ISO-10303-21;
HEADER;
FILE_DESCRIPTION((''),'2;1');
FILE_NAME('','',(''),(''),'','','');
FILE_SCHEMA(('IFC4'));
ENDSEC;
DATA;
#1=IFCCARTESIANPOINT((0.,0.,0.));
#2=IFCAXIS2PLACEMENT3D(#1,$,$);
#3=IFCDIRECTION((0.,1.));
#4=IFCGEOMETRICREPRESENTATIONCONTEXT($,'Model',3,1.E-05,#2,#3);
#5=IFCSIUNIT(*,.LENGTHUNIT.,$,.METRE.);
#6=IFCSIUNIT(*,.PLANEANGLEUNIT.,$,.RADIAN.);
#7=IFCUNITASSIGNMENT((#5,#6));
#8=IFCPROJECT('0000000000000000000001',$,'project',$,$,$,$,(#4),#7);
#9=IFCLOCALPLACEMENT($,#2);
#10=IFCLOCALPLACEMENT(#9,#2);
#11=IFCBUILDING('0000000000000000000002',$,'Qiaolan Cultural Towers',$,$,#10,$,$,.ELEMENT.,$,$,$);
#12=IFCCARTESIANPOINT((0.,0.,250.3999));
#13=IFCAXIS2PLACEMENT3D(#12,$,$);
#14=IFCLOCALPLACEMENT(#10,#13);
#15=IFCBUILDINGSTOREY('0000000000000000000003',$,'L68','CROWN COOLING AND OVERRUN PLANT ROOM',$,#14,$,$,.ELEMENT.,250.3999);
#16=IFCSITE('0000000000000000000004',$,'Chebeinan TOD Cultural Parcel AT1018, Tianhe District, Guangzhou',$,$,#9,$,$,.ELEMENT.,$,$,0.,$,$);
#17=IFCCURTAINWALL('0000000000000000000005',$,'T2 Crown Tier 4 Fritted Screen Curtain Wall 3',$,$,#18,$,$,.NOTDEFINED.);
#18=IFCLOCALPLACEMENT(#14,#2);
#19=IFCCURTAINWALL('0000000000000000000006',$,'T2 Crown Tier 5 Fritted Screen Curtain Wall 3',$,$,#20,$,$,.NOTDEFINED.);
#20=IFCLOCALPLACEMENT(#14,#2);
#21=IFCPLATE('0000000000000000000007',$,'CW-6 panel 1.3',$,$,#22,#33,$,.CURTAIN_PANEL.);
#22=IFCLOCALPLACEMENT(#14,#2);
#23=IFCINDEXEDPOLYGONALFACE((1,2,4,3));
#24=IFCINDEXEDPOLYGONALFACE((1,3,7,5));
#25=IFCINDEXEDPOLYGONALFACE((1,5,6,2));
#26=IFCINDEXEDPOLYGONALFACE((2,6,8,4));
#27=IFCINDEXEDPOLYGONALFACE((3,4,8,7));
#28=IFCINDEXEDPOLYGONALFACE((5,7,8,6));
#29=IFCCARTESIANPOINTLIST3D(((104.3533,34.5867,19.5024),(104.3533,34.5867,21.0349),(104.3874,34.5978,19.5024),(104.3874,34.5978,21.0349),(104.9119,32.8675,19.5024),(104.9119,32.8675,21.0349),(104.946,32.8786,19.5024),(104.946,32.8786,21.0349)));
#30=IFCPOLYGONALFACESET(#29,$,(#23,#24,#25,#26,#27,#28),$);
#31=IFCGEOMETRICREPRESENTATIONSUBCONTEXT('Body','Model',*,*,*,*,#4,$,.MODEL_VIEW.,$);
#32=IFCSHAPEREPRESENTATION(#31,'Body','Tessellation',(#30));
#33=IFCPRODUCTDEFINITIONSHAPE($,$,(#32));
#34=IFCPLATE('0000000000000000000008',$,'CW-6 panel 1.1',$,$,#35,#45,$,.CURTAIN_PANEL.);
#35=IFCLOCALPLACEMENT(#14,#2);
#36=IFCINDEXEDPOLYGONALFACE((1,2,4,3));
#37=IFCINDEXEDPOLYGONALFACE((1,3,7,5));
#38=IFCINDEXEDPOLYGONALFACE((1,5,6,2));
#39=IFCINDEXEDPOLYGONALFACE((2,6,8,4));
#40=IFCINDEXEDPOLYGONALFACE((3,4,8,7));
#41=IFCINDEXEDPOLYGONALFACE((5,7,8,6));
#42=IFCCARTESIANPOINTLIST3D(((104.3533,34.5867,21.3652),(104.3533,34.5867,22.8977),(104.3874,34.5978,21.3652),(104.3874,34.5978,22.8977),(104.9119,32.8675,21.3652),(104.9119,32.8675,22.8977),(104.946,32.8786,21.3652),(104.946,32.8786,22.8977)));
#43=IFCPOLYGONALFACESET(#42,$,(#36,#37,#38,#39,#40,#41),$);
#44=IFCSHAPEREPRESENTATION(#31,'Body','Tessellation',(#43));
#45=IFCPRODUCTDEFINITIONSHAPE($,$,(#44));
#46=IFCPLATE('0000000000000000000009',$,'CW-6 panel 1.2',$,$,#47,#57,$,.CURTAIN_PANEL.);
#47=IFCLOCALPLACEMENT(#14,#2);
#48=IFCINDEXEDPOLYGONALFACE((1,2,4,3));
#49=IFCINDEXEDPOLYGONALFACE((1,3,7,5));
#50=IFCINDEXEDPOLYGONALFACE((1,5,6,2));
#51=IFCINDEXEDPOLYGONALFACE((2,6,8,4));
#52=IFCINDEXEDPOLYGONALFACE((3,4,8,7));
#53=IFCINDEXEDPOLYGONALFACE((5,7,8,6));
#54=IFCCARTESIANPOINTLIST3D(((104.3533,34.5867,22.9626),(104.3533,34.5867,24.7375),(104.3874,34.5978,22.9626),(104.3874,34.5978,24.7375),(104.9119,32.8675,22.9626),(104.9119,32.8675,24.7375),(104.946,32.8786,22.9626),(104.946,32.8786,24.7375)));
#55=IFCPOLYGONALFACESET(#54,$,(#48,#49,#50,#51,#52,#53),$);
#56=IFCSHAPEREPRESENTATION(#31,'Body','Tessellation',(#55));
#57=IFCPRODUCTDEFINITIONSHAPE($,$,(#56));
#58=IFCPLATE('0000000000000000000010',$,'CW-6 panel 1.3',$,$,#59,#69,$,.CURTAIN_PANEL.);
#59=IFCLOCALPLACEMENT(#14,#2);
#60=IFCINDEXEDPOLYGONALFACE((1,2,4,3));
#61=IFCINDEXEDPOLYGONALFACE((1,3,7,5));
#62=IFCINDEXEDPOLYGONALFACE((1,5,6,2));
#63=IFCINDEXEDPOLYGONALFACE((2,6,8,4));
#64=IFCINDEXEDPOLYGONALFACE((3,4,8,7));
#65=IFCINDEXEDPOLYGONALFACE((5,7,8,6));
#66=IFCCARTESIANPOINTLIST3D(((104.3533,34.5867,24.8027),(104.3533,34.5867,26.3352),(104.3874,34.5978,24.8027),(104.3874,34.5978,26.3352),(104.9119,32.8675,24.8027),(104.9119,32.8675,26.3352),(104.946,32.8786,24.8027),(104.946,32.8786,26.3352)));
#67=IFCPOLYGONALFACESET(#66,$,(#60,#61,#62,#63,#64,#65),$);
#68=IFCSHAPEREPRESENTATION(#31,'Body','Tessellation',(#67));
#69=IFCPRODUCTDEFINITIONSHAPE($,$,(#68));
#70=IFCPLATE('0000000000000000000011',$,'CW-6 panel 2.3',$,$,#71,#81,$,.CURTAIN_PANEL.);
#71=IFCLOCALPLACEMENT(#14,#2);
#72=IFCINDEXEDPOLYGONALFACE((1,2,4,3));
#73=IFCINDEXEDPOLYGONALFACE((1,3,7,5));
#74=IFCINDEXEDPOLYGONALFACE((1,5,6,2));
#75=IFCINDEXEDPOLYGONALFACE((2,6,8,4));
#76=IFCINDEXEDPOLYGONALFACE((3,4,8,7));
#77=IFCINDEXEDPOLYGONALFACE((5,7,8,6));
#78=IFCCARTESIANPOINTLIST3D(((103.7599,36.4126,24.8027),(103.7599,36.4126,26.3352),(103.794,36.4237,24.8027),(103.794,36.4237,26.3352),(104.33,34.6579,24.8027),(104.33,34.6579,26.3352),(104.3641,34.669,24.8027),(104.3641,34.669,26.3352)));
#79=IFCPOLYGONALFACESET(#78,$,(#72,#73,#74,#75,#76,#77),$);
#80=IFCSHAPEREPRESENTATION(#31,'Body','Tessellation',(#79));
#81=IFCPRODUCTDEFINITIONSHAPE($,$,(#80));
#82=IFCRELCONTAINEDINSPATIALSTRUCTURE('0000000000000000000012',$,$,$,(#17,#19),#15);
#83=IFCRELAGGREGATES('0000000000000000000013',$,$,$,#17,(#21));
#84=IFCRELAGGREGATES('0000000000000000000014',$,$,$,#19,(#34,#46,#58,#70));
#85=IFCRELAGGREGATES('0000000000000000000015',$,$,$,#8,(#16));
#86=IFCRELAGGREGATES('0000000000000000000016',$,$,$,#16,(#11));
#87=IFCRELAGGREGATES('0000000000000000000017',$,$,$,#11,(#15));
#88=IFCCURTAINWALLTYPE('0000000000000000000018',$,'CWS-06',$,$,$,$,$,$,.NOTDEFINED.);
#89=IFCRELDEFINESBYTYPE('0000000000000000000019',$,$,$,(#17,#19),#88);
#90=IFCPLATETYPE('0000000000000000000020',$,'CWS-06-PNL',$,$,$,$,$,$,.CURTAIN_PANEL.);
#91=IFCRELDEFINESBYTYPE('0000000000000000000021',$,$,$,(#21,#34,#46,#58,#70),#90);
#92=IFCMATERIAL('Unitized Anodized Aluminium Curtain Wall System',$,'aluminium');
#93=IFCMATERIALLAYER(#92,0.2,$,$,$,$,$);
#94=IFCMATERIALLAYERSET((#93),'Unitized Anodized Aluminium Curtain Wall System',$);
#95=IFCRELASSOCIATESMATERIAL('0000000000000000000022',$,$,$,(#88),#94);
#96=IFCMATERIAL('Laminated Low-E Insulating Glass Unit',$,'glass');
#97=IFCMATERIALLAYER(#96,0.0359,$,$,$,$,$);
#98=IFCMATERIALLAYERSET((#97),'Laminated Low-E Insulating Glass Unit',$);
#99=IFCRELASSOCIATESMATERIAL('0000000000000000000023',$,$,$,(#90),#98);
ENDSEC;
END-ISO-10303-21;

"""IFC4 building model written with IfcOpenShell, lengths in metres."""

from ifc_helpers import new_model, si_unit, direction, frame, origin, origin_2d, place, context, subcontext, project, spatial, rectangle, extrude, material, layer, layer_set, type_object, element, aggregate, save


model = new_model("IFC4")

# Units and contexts
model_context = context("Model", 3, precision=1e-05, world=origin(), true_north=direction((0.0, 1.0)))
body_context = subcontext(model_context, "Body", "Model", "MODEL_VIEW")
ifc_project = project(units=[si_unit("LENGTHUNIT", "METRE"), si_unit("PLANEANGLEUNIT", "RADIAN")], contexts=[model_context])

# Site, building, storey
site_placement = place(None, origin())
site = spatial("IfcSite", under=ifc_project, at=site_placement, Name="Chebeinan TOD Cultural Parcel AT1018, Tianhe District, Guangzhou", CompositionType="ELEMENT", RefElevation=0.0)
building_placement = place(site_placement, origin())
building = spatial("IfcBuilding", under=site, at=building_placement, Name="Qiaolan Cultural Towers", CompositionType="ELEMENT")
storey_placement = place(building_placement, frame((0.0, 0.0, 250.3999)))
storey = spatial("IfcBuildingStorey", under=building, at=storey_placement, Name="L68", Description="CROWN COOLING AND OVERRUN PLANT ROOM", CompositionType="ELEMENT", Elevation=250.3999)

# Curtain walls
ifc_material_1 = material(Name="Unitized Anodized Aluminium Curtain Wall System", Category="aluminium")
ifc_layer_1 = layer(ifc_material_1, 0.2)
ifc_layer_set_1 = layer_set([ifc_layer_1], Name="Unitized Anodized Aluminium Curtain Wall System")
curtain_wall_type = type_object("IfcCurtainWallType", Name="CWS-06", PredefinedType="NOTDEFINED", material=ifc_layer_set_1)
curtain_wall_1_placement = place(storey_placement, origin())
curtain_wall_1 = element("IfcCurtainWall", 1, at=curtain_wall_1_placement, inside=storey, type_object=curtain_wall_type, Name="T2 Crown Tier 4 Fritted Screen Curtain Wall 3", PredefinedType="NOTDEFINED")
curtain_wall_2_placement = place(storey_placement, origin())
curtain_wall_2 = element("IfcCurtainWall", 2, at=curtain_wall_2_placement, inside=storey, type_object=curtain_wall_type, Name="T2 Crown Tier 5 Fritted Screen Curtain Wall 3", PredefinedType="NOTDEFINED")

# Plates
ifc_material_2 = material(Name="Laminated Low-E Insulating Glass Unit", Category="glass")
ifc_layer_2 = layer(ifc_material_2, 0.0359)
ifc_layer_set_2 = layer_set([ifc_layer_2], Name="Laminated Low-E Insulating Glass Unit")
plate_type = type_object("IfcPlateType", Name="CWS-06-PNL", PredefinedType="CURTAIN_PANEL", material=ifc_layer_set_2)
plate_1_placement = place(storey_placement, frame((104.6497, 33.7327, 19.5024), z_axis=(0.0, 0.0, 1.0), x_axis=(-0.309017, 0.951057, 0.0)))
plate_1 = element("IfcPlate", 3, at=plate_1_placement, type_object=plate_type, Name="CW-6 panel 1.3", PredefinedType="CURTAIN_PANEL", context=body_context, shape_type="SweptSolid", body=[
    extrude(rectangle(XDim=1.8076, YDim=0.0359, at=origin_2d()), origin(), (0.0, 0.0, 1.0), 1.5325),
])
aggregate(curtain_wall_1, [plate_1])
plate_2_placement = place(storey_placement, frame((104.6497, 33.7327, 21.3652), z_axis=(0.0, 0.0, 1.0), x_axis=(-0.309017, 0.951057, 0.0)))
plate_2 = element("IfcPlate", 4, at=plate_2_placement, type_object=plate_type, Name="CW-6 panel 1.1", PredefinedType="CURTAIN_PANEL", context=body_context, shape_type="SweptSolid", body=[
    extrude(rectangle(XDim=1.8076, YDim=0.0359, at=origin_2d()), origin(), (0.0, 0.0, 1.0), 1.5325),
])
plate_3_placement = place(storey_placement, frame((104.6497, 33.7327, 22.9626), z_axis=(0.0, 0.0, 1.0), x_axis=(-0.309017, 0.951057, 0.0)))
plate_3 = element("IfcPlate", 5, at=plate_3_placement, type_object=plate_type, Name="CW-6 panel 1.2", PredefinedType="CURTAIN_PANEL", context=body_context, shape_type="SweptSolid", body=[
    extrude(rectangle(XDim=1.8076, YDim=0.0359, at=origin_2d()), origin(), (0.0, 0.0, 1.0), 1.7749),
])
plate_4_placement = place(storey_placement, frame((104.6497, 33.7327, 24.8027), z_axis=(0.0, 0.0, 1.0), x_axis=(-0.309017, 0.951057, 0.0)))
plate_4 = element("IfcPlate", 6, at=plate_4_placement, type_object=plate_type, Name="CW-6 panel 1.3", PredefinedType="CURTAIN_PANEL", context=body_context, shape_type="SweptSolid", body=[
    extrude(rectangle(XDim=1.8076, YDim=0.0359, at=origin_2d()), origin(), (0.0, 0.0, 1.0), 1.5325),
])
plate_5_placement = place(storey_placement, frame((104.062, 35.5408, 24.8027), z_axis=(0.0, 0.0, 1.0), x_axis=(-0.309017, 0.951057, 0.0)))
plate_5 = element("IfcPlate", 7, at=plate_5_placement, type_object=plate_type, Name="CW-6 panel 2.3", PredefinedType="CURTAIN_PANEL", context=body_context, shape_type="SweptSolid", body=[
    extrude(rectangle(XDim=1.845, YDim=0.0359, at=origin_2d()), origin(), (0.0, 0.0, 1.0), 1.5325),
])
aggregate(curtain_wall_2, [plate_2, plate_3, plate_4, plate_5])

save(model, "model.ifc")
